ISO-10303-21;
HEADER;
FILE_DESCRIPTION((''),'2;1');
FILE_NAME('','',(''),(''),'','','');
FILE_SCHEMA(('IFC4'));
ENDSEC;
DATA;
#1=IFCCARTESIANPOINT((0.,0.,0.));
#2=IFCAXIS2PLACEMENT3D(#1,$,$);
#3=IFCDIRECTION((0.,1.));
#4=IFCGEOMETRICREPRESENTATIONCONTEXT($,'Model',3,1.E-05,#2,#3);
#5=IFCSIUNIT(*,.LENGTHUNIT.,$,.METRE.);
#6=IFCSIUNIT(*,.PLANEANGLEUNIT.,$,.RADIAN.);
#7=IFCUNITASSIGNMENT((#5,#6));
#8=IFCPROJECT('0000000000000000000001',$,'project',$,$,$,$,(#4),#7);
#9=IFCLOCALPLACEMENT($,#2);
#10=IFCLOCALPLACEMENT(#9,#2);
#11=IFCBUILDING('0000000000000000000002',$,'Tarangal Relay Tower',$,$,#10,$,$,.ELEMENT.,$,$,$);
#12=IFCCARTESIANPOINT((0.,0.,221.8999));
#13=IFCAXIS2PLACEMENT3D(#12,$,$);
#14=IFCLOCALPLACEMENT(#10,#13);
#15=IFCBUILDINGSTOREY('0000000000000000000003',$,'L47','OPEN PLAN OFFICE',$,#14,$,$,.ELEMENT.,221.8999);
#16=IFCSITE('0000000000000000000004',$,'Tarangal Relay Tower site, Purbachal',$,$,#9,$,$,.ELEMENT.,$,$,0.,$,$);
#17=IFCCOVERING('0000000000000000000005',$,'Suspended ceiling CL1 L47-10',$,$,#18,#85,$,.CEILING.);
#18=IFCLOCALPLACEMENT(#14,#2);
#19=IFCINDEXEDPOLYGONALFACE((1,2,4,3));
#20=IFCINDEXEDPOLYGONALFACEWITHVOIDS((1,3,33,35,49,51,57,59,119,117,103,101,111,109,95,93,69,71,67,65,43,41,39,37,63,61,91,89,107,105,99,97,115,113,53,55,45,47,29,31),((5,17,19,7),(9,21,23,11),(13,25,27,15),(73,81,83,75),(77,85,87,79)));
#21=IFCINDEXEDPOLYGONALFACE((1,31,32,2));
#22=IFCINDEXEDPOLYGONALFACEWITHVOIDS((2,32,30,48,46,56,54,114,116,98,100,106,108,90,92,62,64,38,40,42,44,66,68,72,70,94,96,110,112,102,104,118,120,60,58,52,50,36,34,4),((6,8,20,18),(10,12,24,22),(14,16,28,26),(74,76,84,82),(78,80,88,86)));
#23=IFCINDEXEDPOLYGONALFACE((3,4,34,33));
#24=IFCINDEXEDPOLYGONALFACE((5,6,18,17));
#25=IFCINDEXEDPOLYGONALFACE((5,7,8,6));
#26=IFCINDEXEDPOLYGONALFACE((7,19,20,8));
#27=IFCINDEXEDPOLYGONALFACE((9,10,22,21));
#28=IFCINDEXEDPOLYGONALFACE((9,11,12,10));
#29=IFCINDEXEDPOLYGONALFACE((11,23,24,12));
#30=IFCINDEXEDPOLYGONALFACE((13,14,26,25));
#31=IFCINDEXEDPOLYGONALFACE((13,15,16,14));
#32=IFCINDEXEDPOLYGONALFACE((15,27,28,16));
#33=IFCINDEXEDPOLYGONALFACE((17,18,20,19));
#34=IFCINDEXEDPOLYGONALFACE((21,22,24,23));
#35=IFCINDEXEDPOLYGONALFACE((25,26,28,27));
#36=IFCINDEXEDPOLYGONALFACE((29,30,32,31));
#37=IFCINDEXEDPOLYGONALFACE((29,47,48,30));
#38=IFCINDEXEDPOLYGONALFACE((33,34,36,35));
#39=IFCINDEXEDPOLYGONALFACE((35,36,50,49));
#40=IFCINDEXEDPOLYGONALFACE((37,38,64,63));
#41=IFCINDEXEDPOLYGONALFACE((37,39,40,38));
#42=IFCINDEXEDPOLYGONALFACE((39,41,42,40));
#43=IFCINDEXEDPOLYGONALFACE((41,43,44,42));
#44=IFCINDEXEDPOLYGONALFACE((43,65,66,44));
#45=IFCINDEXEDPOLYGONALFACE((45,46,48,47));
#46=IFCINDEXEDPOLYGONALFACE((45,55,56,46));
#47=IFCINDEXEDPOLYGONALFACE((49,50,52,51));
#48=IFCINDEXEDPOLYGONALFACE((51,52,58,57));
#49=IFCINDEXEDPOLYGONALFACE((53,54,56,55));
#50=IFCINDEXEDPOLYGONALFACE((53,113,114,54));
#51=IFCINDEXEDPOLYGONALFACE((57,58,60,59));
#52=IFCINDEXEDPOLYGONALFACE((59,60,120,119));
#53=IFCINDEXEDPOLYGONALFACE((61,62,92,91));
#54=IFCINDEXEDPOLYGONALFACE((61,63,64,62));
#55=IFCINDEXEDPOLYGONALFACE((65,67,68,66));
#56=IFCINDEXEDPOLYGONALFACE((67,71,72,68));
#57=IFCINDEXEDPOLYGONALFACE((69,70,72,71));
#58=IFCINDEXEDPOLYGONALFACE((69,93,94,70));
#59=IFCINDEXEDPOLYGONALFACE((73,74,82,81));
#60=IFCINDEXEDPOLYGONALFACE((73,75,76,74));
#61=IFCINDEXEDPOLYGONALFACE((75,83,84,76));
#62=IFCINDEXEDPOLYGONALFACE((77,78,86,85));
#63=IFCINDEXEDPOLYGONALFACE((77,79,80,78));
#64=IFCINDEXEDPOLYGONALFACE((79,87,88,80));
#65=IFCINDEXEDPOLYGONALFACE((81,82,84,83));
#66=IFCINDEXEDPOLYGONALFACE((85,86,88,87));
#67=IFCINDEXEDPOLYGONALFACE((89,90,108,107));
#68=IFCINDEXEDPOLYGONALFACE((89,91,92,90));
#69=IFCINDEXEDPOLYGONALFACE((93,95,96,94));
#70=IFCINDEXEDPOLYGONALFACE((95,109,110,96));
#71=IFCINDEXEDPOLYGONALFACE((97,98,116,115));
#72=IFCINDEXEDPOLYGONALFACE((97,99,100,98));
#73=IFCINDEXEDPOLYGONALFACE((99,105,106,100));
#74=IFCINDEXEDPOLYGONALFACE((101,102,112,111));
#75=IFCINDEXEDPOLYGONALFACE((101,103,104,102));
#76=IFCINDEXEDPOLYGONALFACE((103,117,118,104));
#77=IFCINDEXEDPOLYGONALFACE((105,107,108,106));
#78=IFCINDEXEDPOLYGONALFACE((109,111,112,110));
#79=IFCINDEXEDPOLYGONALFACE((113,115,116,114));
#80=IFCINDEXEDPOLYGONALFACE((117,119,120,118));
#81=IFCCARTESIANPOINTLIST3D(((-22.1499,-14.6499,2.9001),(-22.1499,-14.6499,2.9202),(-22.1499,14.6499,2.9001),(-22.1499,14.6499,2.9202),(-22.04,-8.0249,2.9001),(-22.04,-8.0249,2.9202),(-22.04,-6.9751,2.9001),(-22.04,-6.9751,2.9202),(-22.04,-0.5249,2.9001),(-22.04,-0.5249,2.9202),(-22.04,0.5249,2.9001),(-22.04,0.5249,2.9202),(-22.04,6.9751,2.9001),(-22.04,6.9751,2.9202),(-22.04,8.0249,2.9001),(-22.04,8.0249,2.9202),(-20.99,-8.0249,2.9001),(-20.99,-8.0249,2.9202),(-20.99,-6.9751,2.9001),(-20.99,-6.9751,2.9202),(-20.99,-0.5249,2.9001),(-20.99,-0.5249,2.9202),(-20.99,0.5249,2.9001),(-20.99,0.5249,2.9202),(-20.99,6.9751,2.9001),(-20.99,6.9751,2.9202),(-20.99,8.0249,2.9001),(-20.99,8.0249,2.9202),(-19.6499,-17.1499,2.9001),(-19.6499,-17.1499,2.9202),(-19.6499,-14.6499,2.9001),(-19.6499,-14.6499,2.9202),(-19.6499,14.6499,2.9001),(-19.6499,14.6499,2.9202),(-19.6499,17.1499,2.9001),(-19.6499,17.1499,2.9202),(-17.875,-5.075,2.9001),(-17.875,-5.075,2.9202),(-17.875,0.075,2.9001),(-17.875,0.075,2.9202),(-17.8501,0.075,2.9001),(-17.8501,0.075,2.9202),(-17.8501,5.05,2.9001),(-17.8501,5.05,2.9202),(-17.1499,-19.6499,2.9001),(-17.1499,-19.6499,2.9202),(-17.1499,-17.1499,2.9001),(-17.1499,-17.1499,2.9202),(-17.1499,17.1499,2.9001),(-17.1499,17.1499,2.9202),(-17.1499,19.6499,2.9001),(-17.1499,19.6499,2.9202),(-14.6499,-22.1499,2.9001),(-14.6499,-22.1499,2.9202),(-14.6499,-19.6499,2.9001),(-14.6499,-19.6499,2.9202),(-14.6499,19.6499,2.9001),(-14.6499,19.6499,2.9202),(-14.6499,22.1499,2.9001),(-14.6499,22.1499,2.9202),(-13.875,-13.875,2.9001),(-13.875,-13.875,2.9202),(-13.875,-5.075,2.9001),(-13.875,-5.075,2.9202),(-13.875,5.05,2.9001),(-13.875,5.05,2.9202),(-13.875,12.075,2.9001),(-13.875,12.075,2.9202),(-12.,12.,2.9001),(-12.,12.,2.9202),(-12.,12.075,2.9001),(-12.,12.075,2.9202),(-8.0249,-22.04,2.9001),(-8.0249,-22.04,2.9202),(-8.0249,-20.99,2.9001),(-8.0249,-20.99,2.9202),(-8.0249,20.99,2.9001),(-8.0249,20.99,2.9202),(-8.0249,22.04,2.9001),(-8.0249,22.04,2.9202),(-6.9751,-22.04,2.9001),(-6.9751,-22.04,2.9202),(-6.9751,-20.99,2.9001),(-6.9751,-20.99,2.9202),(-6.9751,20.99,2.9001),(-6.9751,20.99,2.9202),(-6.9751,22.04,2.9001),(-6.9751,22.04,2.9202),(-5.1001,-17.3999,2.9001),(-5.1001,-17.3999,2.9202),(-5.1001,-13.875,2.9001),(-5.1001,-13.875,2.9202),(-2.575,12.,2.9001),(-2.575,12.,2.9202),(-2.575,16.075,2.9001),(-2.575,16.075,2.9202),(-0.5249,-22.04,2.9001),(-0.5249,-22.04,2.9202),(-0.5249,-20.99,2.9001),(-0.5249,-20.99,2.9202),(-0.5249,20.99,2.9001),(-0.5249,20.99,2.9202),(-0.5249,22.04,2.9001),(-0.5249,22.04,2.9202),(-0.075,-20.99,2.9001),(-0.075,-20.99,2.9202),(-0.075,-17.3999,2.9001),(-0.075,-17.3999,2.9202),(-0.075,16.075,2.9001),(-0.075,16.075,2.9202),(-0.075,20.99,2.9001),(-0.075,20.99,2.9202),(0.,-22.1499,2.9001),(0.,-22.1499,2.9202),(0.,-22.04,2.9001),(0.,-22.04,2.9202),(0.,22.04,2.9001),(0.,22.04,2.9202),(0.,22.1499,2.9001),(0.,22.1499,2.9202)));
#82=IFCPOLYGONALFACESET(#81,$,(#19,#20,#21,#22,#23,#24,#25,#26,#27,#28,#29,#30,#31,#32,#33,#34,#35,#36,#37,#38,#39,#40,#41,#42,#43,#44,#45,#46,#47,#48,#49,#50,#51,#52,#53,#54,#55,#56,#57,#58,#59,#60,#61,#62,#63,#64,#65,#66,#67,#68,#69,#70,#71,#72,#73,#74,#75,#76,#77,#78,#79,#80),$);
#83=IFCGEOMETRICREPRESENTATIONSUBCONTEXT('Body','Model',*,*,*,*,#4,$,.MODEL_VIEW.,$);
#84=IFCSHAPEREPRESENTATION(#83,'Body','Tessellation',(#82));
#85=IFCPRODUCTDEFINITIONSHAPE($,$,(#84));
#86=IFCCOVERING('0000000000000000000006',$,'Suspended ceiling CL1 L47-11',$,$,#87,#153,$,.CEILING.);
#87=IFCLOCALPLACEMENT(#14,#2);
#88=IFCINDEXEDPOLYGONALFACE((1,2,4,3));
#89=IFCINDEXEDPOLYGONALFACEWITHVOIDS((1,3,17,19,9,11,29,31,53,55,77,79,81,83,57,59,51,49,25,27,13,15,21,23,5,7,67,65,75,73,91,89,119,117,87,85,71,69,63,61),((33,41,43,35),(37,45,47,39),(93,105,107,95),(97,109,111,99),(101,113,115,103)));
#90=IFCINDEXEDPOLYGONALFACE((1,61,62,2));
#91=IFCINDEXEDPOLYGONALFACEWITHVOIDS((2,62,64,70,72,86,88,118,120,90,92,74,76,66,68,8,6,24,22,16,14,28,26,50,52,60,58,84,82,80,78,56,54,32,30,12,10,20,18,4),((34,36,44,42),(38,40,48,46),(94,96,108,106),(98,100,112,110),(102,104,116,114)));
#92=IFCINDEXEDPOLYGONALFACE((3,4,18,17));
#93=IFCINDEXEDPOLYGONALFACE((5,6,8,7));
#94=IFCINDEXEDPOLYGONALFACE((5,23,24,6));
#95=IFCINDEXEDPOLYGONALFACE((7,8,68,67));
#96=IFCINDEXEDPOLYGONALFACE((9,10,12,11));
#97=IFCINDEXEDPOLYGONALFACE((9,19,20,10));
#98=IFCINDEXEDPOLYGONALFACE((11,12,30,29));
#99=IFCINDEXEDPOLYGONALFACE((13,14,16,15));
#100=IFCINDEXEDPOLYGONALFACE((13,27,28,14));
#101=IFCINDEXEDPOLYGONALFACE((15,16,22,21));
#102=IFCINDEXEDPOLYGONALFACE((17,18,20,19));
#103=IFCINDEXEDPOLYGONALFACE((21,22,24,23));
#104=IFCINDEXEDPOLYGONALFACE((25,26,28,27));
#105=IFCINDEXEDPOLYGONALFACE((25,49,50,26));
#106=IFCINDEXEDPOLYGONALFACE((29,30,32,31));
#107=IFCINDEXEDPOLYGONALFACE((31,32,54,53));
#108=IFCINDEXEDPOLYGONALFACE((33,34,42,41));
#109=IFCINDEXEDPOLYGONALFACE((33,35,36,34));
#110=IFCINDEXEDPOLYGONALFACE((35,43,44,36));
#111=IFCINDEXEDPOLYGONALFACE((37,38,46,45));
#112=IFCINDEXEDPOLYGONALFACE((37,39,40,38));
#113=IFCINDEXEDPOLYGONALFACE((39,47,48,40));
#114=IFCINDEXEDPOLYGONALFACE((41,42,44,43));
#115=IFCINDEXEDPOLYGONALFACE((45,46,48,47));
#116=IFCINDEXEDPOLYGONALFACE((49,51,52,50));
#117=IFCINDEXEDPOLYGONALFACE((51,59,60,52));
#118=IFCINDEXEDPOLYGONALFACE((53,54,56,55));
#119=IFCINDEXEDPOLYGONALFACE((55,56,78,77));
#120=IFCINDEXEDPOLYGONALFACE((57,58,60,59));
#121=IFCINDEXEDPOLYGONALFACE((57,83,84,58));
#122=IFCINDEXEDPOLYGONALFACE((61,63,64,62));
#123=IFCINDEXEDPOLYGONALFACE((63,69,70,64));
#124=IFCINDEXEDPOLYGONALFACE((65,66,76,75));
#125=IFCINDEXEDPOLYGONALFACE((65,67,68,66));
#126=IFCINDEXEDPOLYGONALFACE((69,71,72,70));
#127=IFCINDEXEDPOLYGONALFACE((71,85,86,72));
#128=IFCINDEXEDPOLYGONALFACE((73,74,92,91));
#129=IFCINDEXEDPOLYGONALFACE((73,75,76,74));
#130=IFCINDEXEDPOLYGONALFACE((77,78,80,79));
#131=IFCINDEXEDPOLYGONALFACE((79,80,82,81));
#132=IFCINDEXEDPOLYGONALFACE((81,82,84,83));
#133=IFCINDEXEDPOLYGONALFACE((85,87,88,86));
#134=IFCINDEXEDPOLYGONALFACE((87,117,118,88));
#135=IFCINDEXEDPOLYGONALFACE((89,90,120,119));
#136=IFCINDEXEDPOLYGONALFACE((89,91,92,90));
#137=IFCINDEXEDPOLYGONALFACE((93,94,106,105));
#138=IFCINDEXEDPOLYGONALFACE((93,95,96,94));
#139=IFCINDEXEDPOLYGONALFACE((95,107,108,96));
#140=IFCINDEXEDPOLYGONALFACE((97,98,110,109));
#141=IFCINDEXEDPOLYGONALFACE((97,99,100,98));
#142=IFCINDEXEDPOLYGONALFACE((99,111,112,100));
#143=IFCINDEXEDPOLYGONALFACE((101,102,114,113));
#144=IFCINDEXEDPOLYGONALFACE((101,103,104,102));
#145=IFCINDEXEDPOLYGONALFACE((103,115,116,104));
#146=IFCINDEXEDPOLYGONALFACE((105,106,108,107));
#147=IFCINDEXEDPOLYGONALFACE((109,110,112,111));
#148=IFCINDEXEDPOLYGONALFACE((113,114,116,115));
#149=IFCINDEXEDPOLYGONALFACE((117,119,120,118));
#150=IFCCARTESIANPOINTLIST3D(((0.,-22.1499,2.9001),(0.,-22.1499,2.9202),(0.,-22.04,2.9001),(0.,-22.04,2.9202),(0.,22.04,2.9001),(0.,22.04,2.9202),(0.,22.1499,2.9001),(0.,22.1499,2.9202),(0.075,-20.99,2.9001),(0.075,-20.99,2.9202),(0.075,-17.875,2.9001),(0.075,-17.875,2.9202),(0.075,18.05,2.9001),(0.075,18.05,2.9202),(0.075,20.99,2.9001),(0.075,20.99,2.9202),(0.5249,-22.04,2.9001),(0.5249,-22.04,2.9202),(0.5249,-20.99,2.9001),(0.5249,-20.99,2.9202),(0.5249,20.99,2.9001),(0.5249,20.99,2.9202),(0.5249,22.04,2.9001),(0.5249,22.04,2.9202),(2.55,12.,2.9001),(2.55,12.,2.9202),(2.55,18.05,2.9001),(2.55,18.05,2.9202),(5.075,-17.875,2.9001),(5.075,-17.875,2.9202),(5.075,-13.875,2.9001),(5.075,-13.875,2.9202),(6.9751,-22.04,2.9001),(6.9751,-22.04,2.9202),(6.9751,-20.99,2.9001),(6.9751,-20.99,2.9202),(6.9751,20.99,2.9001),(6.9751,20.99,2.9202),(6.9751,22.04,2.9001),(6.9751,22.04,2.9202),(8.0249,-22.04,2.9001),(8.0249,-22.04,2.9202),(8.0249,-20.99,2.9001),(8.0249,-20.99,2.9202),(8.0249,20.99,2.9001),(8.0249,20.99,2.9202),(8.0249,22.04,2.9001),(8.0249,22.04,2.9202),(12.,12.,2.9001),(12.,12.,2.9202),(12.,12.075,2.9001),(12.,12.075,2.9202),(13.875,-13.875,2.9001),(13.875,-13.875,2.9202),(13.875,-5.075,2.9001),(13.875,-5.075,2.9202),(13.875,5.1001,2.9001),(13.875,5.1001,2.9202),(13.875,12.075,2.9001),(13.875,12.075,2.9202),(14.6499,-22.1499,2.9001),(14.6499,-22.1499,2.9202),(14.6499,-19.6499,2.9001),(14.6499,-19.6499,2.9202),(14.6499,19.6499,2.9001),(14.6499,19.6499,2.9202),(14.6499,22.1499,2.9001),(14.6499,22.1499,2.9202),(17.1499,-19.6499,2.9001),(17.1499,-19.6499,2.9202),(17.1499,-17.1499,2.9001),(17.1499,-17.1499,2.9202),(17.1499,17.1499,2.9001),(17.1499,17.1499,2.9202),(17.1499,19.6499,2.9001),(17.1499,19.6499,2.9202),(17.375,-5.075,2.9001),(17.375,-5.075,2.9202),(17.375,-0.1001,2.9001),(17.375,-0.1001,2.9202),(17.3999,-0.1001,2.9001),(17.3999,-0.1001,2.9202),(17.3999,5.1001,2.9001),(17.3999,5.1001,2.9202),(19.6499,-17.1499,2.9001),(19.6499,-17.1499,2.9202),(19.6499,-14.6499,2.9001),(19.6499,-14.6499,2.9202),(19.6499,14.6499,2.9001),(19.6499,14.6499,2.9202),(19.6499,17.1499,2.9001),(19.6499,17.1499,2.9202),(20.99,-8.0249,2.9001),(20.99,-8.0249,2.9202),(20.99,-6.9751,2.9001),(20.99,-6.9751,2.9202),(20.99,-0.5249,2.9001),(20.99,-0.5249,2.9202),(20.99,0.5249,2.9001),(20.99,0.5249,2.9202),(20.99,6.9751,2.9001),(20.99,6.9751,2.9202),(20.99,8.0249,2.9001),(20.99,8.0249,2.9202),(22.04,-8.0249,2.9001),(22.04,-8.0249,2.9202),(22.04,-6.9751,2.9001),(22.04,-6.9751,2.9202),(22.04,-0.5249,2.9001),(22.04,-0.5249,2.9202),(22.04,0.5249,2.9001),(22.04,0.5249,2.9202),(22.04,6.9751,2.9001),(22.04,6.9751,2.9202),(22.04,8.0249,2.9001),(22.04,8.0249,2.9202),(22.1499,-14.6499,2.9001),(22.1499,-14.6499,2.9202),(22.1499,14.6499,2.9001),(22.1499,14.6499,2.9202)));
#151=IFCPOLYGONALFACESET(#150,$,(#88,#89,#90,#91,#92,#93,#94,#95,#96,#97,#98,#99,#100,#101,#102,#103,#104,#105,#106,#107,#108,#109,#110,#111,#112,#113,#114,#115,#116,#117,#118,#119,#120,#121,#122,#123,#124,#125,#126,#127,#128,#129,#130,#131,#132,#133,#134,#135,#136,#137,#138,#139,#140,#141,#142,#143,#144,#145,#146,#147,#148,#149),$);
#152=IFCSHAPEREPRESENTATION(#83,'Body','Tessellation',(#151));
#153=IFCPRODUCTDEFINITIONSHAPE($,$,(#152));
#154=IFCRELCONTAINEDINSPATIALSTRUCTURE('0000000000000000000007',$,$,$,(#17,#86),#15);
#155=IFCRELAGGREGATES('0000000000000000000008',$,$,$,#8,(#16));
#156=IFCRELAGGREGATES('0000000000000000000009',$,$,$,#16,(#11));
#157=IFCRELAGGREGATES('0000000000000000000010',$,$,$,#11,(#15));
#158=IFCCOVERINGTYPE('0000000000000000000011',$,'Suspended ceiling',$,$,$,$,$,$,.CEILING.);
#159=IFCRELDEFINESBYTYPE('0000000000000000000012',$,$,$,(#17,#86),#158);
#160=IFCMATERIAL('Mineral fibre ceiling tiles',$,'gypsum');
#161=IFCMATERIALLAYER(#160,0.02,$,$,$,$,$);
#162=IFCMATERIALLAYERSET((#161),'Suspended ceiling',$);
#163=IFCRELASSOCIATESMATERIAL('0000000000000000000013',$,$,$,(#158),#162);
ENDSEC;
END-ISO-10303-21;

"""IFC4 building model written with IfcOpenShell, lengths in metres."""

from ifc_helpers import new_model, si_unit, direction, frame, origin, place, context, subcontext, project, spatial, polyline, outline, extrude, material, layer, layer_set, type_object, element, save


model = new_model("IFC4")

# Units and contexts
model_context = context("Model", 3, precision=1e-05, world=origin(), true_north=direction((0.0, 1.0)))
body_context = subcontext(model_context, "Body", "Model", "MODEL_VIEW")
ifc_project = project(units=[si_unit("LENGTHUNIT", "METRE"), si_unit("PLANEANGLEUNIT", "RADIAN")], contexts=[model_context])

# Site, building, storey
site_placement = place(None, origin())
site = spatial("IfcSite", under=ifc_project, at=site_placement, Name="Tarangal Relay Tower site, Purbachal", CompositionType="ELEMENT", RefElevation=0.0)
building_placement = place(site_placement, origin())
building = spatial("IfcBuilding", under=site, at=building_placement, Name="Tarangal Relay Tower", CompositionType="ELEMENT")
storey_placement = place(building_placement, frame((0.0, 0.0, 221.8999)))
storey = spatial("IfcBuildingStorey", under=building, at=storey_placement, Name="L47", Description="OPEN PLAN OFFICE", CompositionType="ELEMENT", Elevation=221.8999)

# Coverings
ifc_material_1 = material(Name="Mineral fibre ceiling tiles", Category="gypsum")
ifc_layer_1 = layer(ifc_material_1, 0.02)
ifc_layer_set_1 = layer_set([ifc_layer_1], Name="Suspended ceiling")
covering_type = type_object("IfcCoveringType", Name="Suspended ceiling", PredefinedType="CEILING", material=ifc_layer_set_1)
covering_1_placement = place(storey_placement, frame((0.0, 0.0, 2.9001)))
element("IfcCovering", 1, at=covering_1_placement, inside=storey, type_object=covering_type, Name="Suspended ceiling CL1 L47-10", PredefinedType="CEILING", context=body_context, shape_type="SweptSolid", body=[
    extrude(outline(polyline([(-2.575, 16.075), (-0.075, 16.075), (-0.075, 20.99), (-0.5249, 20.99), (-0.5249, 22.04), (0.0, 22.04), (0.0, 22.1499), (-14.6499, 22.1499), (-14.6499, 19.6499), (-17.1499, 19.6499), (-17.1499, 17.1499), (-19.6499, 17.1499), (-19.6499, 14.6499), (-22.1499, 14.6499), (-22.1499, -14.6499), (-19.6499, -14.6499), (-19.6499, -17.1499), (-17.1499, -17.1499), (-17.1499, -19.6499), (-14.6499, -19.6499), (-14.6499, -22.1499), (0.0, -22.1499), (0.0, -22.04), (-0.5249, -22.04), (-0.5249, -20.99), (-0.075, -20.99), (-0.075, -17.3999), (-5.1001, -17.3999), (-5.1001, -13.875), (-13.875, -13.875), (-13.875, -5.075), (-17.875, -5.075), (-17.875, 0.075), (-17.8501, 0.075), (-17.8501, 5.05), (-13.875, 5.05), (-13.875, 12.075), (-12.0, 12.075), (-12.0, 12.0), (-2.575, 12.0), (-2.575, 16.075)]), holes=[polyline([(-8.0249, -22.04), (-6.9751, -22.04), (-6.9751, -20.99), (-8.0249, -20.99), (-8.0249, -22.04)]), polyline([(-22.04, -6.9751), (-22.04, -8.0249), (-20.99, -8.0249), (-20.99, -6.9751), (-22.04, -6.9751)]), polyline([(-22.04, 0.5249), (-22.04, -0.5249), (-20.99, -0.5249), (-20.99, 0.5249), (-22.04, 0.5249)]), polyline([(-22.04, 8.0249), (-22.04, 6.9751), (-20.99, 6.9751), (-20.99, 8.0249), (-22.04, 8.0249)]), polyline([(-8.0249, 22.04), (-8.0249, 20.99), (-6.9751, 20.99), (-6.9751, 22.04), (-8.0249, 22.04)])]), origin(), (0.0, 0.0, 1.0), 0.02),
])
covering_2_placement = place(storey_placement, frame((0.0, 0.0, 2.9001)))
element("IfcCovering", 2, at=covering_2_placement, inside=storey, type_object=covering_type, Name="Suspended ceiling CL1 L47-11", PredefinedType="CEILING", context=body_context, shape_type="SweptSolid", body=[
    extrude(outline(polyline([(12.0, 12.075), (13.875, 12.075), (13.875, 5.1001), (17.3999, 5.1001), (17.3999, -0.1001), (17.375, -0.1001), (17.375, -5.075), (13.875, -5.075), (13.875, -13.875), (5.075, -13.875), (5.075, -17.875), (0.075, -17.875), (0.075, -20.99), (0.5249, -20.99), (0.5249, -22.04), (0.0, -22.04), (0.0, -22.1499), (14.6499, -22.1499), (14.6499, -19.6499), (17.1499, -19.6499), (17.1499, -17.1499), (19.6499, -17.1499), (19.6499, -14.6499), (22.1499, -14.6499), (22.1499, 14.6499), (19.6499, 14.6499), (19.6499, 17.1499), (17.1499, 17.1499), (17.1499, 19.6499), (14.6499, 19.6499), (14.6499, 22.1499), (0.0, 22.1499), (0.0, 22.04), (0.5249, 22.04), (0.5249, 20.99), (0.075, 20.99), (0.075, 18.05), (2.55, 18.05), (2.55, 12.0), (12.0, 12.0), (12.0, 12.075)]), holes=[polyline([(6.9751, -20.99), (6.9751, -22.04), (8.0249, -22.04), (8.0249, -20.99), (6.9751, -20.99)]), polyline([(20.99, -6.9751), (20.99, -8.0249), (22.04, -8.0249), (22.04, -6.9751), (20.99, -6.9751)]), polyline([(20.99, 0.5249), (20.99, -0.5249), (22.04, -0.5249), (22.04, 0.5249), (20.99, 0.5249)]), polyline([(20.99, 8.0249), (20.99, 6.9751), (22.04, 6.9751), (22.04, 8.0249), (20.99, 8.0249)]), polyline([(6.9751, 22.04), (6.9751, 20.99), (8.0249, 20.99), (8.0249, 22.04), (6.9751, 22.04)])]), origin(), (0.0, 0.0, 1.0), 0.02),
])

save(model, "model.ifc")
